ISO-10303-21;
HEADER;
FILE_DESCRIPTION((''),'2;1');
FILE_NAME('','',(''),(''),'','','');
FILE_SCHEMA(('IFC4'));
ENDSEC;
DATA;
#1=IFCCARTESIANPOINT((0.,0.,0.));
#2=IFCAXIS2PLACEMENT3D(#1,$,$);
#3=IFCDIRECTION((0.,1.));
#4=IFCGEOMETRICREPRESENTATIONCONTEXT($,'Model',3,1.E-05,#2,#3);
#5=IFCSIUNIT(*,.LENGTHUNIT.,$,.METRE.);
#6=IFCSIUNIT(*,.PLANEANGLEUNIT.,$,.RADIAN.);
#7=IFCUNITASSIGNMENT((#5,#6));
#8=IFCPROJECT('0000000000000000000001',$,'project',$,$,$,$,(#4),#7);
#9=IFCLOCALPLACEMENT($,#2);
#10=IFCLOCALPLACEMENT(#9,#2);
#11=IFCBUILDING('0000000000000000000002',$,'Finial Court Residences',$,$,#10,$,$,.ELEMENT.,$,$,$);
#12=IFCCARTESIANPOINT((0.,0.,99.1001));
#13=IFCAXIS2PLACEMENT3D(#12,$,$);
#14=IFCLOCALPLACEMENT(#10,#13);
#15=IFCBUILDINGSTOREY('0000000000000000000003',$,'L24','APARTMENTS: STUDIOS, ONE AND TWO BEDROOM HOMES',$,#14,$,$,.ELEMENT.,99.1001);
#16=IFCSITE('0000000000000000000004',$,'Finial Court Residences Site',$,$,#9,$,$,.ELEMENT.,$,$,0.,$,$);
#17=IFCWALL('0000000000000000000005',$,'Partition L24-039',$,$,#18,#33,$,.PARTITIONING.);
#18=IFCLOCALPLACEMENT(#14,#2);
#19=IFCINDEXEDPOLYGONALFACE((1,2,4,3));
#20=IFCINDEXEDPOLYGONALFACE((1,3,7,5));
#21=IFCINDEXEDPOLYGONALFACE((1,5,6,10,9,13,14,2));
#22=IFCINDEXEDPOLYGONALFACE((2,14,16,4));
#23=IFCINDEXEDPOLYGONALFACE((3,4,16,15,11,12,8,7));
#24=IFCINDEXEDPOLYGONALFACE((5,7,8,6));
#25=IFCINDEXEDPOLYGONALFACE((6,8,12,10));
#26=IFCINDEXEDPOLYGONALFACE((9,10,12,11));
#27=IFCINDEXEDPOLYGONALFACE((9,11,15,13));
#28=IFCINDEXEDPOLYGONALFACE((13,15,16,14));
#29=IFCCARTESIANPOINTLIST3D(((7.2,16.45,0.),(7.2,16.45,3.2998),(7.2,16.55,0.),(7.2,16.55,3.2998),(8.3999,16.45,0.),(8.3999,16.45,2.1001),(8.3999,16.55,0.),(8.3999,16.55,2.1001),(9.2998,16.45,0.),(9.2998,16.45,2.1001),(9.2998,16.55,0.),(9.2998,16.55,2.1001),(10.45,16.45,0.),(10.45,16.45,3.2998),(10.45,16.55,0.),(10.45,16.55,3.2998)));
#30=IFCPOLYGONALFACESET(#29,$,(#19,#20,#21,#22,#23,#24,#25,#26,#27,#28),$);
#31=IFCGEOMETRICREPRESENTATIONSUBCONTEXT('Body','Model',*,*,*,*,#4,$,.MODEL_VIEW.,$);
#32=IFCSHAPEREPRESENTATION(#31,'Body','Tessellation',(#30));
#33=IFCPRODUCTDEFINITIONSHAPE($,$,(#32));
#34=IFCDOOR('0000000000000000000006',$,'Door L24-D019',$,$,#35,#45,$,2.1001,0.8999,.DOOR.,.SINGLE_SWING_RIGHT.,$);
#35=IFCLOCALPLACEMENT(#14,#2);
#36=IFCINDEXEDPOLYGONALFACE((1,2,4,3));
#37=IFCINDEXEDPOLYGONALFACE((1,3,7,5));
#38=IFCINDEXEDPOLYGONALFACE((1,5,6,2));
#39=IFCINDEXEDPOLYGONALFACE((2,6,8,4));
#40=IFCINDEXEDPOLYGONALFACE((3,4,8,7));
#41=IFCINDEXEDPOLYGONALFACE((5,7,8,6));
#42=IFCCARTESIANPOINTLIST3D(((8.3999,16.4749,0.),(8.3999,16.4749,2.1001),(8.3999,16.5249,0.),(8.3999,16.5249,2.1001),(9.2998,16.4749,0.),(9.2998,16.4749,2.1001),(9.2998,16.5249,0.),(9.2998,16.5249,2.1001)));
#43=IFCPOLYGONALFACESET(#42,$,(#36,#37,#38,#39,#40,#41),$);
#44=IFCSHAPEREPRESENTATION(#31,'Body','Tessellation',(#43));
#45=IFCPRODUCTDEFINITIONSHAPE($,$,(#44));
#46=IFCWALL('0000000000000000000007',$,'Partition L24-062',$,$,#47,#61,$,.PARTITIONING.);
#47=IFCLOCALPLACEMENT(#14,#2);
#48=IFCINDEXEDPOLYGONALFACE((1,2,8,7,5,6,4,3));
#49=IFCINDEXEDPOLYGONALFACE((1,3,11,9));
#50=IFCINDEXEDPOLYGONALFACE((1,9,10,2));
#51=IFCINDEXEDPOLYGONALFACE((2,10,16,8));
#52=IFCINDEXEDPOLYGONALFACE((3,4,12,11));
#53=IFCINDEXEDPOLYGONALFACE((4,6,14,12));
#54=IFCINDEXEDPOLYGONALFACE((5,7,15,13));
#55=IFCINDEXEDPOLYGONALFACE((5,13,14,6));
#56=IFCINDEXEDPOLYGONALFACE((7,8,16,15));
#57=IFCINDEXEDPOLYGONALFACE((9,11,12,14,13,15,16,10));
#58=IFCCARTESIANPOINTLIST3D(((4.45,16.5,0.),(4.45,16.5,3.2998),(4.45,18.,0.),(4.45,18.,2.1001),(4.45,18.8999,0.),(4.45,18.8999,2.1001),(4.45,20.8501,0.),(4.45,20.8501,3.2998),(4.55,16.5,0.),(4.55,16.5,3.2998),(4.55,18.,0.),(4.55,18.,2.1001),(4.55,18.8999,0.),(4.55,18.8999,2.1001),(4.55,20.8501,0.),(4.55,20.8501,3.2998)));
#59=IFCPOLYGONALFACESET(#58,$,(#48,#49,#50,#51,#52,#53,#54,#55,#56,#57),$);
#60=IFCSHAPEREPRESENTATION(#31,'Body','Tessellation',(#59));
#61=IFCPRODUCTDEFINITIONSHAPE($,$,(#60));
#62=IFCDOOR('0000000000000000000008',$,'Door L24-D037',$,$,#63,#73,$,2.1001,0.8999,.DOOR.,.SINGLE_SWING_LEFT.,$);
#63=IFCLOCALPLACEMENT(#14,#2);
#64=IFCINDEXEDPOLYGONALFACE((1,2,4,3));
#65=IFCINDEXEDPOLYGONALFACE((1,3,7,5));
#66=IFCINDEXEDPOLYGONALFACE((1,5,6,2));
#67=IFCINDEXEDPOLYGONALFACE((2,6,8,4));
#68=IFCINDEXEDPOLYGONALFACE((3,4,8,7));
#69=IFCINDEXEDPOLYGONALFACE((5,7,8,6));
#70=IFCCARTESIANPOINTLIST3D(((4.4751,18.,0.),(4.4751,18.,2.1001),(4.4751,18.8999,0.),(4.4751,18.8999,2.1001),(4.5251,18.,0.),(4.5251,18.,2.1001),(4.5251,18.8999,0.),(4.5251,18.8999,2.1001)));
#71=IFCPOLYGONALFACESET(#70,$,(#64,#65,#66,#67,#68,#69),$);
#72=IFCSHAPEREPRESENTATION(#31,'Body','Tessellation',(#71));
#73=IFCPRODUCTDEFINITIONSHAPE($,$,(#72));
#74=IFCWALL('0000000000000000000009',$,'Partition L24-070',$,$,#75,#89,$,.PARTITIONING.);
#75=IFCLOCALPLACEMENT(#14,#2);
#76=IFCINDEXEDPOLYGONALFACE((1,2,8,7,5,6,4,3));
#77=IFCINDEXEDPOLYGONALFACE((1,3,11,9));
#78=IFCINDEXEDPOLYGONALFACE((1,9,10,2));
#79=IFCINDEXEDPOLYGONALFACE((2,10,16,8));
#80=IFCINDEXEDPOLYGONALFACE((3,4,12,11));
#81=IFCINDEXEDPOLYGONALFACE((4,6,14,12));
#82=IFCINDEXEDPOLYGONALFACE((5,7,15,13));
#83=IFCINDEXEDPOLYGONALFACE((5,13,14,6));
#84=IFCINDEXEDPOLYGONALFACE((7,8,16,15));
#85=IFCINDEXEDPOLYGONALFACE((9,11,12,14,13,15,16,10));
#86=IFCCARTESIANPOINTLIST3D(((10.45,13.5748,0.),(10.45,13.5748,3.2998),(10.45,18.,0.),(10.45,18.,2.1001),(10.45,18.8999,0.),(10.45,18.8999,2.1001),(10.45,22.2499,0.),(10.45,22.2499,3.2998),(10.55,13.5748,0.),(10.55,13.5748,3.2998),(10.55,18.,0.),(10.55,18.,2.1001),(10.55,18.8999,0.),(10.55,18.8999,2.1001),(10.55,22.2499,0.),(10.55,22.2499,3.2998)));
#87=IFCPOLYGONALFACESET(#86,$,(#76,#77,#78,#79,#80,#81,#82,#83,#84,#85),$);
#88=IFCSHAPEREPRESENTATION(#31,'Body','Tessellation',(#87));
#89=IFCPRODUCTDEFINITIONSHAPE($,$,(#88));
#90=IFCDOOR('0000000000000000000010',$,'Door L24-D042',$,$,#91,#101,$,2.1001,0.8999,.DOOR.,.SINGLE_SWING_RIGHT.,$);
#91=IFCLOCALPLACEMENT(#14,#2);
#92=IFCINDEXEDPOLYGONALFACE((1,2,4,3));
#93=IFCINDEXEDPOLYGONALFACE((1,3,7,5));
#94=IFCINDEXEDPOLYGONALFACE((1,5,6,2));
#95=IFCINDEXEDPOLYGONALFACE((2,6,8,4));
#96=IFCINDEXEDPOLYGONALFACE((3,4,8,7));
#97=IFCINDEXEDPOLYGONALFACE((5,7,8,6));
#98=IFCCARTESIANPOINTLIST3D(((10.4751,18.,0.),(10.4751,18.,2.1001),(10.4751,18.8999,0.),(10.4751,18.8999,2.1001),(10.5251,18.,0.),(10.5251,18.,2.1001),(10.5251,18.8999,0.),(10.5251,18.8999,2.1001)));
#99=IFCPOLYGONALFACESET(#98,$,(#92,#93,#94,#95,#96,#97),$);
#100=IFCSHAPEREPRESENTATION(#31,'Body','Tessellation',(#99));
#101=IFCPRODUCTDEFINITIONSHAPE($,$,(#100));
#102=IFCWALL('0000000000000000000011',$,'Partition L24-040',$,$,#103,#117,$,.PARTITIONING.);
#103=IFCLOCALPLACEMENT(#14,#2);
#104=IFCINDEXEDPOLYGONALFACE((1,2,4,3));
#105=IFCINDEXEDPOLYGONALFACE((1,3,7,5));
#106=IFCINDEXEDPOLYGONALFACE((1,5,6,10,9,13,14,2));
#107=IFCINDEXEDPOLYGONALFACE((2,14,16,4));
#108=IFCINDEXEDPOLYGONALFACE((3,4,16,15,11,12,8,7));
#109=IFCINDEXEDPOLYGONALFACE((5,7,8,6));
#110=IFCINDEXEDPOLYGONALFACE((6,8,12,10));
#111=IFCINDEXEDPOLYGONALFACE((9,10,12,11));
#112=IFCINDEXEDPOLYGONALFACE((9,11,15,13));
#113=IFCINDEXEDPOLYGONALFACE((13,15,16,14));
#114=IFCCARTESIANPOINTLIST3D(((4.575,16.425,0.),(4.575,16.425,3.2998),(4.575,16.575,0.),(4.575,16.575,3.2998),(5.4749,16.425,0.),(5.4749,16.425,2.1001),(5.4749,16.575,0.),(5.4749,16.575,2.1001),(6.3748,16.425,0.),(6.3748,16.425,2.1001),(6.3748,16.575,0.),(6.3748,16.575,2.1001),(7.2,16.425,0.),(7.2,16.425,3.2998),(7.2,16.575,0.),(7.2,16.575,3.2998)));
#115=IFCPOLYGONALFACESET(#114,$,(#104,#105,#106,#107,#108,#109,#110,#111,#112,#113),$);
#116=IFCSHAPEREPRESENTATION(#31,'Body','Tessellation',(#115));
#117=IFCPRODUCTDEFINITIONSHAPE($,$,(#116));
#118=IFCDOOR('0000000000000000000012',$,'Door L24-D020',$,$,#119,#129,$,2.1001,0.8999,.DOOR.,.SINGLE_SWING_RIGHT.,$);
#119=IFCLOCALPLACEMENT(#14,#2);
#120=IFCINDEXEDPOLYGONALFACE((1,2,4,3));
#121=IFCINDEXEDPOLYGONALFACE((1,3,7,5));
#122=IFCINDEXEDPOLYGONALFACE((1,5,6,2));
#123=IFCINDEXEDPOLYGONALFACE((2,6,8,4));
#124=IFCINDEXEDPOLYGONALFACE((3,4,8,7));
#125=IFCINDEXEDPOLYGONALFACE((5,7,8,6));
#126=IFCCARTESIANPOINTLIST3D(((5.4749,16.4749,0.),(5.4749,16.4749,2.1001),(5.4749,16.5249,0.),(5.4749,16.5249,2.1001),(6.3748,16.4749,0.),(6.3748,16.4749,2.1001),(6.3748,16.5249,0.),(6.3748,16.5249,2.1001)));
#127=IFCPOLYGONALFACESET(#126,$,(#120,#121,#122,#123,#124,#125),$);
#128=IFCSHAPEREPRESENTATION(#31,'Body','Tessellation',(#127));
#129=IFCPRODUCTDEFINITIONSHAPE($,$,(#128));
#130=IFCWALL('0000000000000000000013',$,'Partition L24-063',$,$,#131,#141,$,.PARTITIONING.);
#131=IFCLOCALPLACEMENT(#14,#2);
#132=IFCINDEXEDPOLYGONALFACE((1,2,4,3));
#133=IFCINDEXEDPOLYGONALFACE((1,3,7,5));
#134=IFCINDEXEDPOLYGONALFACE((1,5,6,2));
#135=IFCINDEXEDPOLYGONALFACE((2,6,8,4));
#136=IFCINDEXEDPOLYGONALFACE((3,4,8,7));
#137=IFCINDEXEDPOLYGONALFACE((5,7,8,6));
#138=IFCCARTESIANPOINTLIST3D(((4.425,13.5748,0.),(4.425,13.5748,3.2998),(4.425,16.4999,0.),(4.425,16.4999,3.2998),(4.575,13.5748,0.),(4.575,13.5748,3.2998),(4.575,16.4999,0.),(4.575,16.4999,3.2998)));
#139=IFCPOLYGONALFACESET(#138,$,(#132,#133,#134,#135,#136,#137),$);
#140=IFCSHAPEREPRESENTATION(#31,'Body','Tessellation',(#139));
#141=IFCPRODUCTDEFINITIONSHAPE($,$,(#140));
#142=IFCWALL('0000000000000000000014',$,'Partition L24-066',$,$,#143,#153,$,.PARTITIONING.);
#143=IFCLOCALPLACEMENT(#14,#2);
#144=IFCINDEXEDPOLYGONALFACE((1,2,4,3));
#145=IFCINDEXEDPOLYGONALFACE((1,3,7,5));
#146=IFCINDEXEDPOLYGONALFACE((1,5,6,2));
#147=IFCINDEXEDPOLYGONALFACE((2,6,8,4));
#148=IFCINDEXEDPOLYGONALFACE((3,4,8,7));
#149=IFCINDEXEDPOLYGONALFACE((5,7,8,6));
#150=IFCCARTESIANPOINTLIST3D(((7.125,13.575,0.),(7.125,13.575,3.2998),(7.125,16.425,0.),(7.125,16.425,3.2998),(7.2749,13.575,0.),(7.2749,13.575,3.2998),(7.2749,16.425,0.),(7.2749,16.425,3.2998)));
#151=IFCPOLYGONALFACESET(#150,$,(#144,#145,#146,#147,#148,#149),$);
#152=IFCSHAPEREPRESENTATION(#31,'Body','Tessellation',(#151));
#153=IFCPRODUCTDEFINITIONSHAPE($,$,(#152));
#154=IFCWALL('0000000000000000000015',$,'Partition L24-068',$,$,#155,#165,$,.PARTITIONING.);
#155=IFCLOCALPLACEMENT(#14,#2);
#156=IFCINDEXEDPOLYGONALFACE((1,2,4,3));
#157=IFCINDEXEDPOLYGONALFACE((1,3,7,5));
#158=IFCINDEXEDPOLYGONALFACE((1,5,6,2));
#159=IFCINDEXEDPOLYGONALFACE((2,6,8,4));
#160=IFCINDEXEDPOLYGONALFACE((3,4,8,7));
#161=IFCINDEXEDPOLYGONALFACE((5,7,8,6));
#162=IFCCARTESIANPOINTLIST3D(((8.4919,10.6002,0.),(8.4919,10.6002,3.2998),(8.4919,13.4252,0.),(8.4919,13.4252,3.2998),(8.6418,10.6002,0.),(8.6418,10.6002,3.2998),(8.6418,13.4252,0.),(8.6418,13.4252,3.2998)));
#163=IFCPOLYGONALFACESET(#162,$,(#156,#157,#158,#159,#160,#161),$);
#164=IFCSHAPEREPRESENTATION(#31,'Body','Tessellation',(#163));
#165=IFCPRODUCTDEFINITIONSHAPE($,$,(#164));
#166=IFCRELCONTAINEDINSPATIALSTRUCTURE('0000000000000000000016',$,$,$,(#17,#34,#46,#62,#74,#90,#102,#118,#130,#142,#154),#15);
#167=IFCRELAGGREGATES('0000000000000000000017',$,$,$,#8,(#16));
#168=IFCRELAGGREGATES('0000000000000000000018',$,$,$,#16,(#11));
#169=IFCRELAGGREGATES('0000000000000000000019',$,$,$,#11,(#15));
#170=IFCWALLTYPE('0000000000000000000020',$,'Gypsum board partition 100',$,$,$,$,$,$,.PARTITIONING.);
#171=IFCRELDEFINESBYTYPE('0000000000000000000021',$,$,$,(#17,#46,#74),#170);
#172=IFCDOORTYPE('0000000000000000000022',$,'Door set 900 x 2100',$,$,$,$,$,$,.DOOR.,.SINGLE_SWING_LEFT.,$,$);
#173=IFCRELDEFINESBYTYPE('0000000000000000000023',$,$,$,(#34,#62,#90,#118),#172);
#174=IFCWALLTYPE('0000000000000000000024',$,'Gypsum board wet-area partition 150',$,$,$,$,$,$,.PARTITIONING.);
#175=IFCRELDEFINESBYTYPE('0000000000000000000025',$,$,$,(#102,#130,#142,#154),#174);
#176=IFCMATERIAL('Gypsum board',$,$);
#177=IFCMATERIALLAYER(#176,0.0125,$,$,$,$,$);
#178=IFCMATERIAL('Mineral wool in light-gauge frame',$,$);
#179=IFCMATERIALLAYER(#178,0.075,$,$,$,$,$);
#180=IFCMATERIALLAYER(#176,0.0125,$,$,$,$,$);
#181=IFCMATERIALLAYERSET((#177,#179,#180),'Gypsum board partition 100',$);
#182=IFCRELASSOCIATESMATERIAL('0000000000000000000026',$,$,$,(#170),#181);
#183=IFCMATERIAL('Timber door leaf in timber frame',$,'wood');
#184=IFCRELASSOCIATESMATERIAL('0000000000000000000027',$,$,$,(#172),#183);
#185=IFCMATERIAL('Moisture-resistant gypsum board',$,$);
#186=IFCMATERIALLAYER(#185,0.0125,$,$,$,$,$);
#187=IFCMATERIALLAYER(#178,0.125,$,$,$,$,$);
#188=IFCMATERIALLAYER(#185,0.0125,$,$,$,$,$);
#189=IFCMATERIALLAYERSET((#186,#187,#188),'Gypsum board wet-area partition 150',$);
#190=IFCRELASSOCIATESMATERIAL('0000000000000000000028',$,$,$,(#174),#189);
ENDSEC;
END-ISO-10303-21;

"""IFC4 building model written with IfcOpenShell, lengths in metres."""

from ifc_helpers import new_model, si_unit, direction, frame, frame_2d, origin, place, context, subcontext, project, spatial, rectangle, extrude, material, layer, layer_set, type_object, element, fill, save


model = new_model("IFC4")

# Units and contexts
model_context = context("Model", 3, precision=1e-05, world=origin(), true_north=direction((0.0, 1.0)))
body_context = subcontext(model_context, "Body", "Model", "MODEL_VIEW")
ifc_project = project(units=[si_unit("LENGTHUNIT", "METRE"), si_unit("PLANEANGLEUNIT", "RADIAN")], contexts=[model_context])

# Site, building, storey
site_placement = place(None, origin())
site = spatial("IfcSite", under=ifc_project, at=site_placement, Name="Finial Court Residences Site", CompositionType="ELEMENT", RefElevation=0.0)
building_placement = place(site_placement, origin())
building = spatial("IfcBuilding", under=site, at=building_placement, Name="Finial Court Residences", CompositionType="ELEMENT")
storey_placement = place(building_placement, frame((0.0, 0.0, 99.1001)))
storey = spatial("IfcBuildingStorey", under=building, at=storey_placement, Name="L24", Description="APARTMENTS: STUDIOS, ONE AND TWO BEDROOM HOMES", CompositionType="ELEMENT", Elevation=99.1001)

# Walls, openings, doors
ifc_material_1 = material(Name="Gypsum board")
ifc_layer_1 = layer(ifc_material_1, 0.0125)
ifc_material_2 = material(Name="Mineral wool in light-gauge frame")
ifc_layer_2 = layer(ifc_material_2, 0.075)
ifc_layer_3 = layer(ifc_material_1, 0.0125)
ifc_layer_set_1 = layer_set([ifc_layer_1, ifc_layer_2, ifc_layer_3], Name="Gypsum board partition 100")
wall_type_1 = type_object("IfcWallType", Name="Gypsum board partition 100", PredefinedType="PARTITIONING", material=ifc_layer_set_1)
wall_1_placement = place(storey_placement, frame((7.2, 16.5, 0.0), z_axis=(0.0, 0.0, 1.0), x_axis=(1.0, 0.0, 0.0)))
wall_1 = element("IfcWall", 1, at=wall_1_placement, inside=storey, type_object=wall_type_1, Name="Partition L24-039", PredefinedType="PARTITIONING", context=body_context, shape_type="SweptSolid", body=[
    extrude(rectangle(XDim=3.25, YDim=0.1001, at=frame_2d((1.625, 0.0))), origin(), (0.0, 0.0, 1.0), 3.2998),
])
opening_1_placement = place(wall_1_placement, frame((1.2, 0.0, 0.0)))
opening_1 = element("IfcOpeningElement", 2, at=opening_1_placement, cuts=wall_1, PredefinedType="OPENING", context=body_context, shape_type="SweptSolid", body=[
    extrude(rectangle(XDim=0.8999, YDim=2.1001, at=frame_2d((0.45, 1.05))), frame((0.0, 0.0601, 0.0), z_axis=(0.0, -1.0, 0.0), x_axis=(1.0, 0.0, 0.0)), (0.0, 0.0, 1.0), 0.1201),
])
ifc_material_3 = material(Name="Timber door leaf in timber frame", Category="wood")
door_type = type_object("IfcDoorType", Name="Door set 900 x 2100", OperationType="SINGLE_SWING_LEFT", PredefinedType="DOOR", material=ifc_material_3)
door_1_placement = place(opening_1_placement, origin())
door_1 = element("IfcDoor", 3, at=door_1_placement, inside=storey, type_object=door_type, Name="Door L24-D019", OperationType="SINGLE_SWING_RIGHT", OverallHeight=2.1001, OverallWidth=0.8999, PredefinedType="DOOR", context=body_context, shape_type="SweptSolid", body=[
    extrude(rectangle(XDim=0.8999, YDim=2.1001, at=frame_2d((0.45, 1.05))), frame((0.0, 0.0249, 0.0), z_axis=(0.0, -1.0, 0.0), x_axis=(1.0, 0.0, 0.0)), (0.0, 0.0, 1.0), 0.05),
])
fill(opening_1, door_1)
wall_2_placement = place(storey_placement, frame((4.5, 16.5, 0.0), z_axis=(0.0, 0.0, 1.0), x_axis=(0.0, 1.0, 0.0)))
wall_2 = element("IfcWall", 4, at=wall_2_placement, inside=storey, type_object=wall_type_1, Name="Partition L24-062", PredefinedType="PARTITIONING", context=body_context, shape_type="SweptSolid", body=[
    extrude(rectangle(XDim=4.3501, YDim=0.1001, at=frame_2d((2.175, 0.0))), origin(), (0.0, 0.0, 1.0), 3.2998),
])
opening_2_placement = place(wall_2_placement, frame((1.5, 0.0, 0.0)))
opening_2 = element("IfcOpeningElement", 5, at=opening_2_placement, cuts=wall_2, PredefinedType="OPENING", context=body_context, shape_type="SweptSolid", body=[
    extrude(rectangle(XDim=0.8999, YDim=2.1001, at=frame_2d((0.45, 1.05))), frame((0.0, 0.0601, 0.0), z_axis=(0.0, -1.0, 0.0), x_axis=(1.0, 0.0, 0.0)), (0.0, 0.0, 1.0), 0.1201),
])
door_2_placement = place(opening_2_placement, origin())
door_2 = element("IfcDoor", 6, at=door_2_placement, inside=storey, type_object=door_type, Name="Door L24-D037", OperationType="SINGLE_SWING_LEFT", OverallHeight=2.1001, OverallWidth=0.8999, PredefinedType="DOOR", context=body_context, shape_type="SweptSolid", body=[
    extrude(rectangle(XDim=0.8999, YDim=2.1001, at=frame_2d((0.45, 1.05))), frame((0.0, 0.0249, 0.0), z_axis=(0.0, -1.0, 0.0), x_axis=(1.0, 0.0, 0.0)), (0.0, 0.0, 1.0), 0.05),
])
fill(opening_2, door_2)
wall_3_placement = place(storey_placement, frame((10.5, 13.575, 0.0), z_axis=(0.0, 0.0, 1.0), x_axis=(0.0, 1.0, 0.0)))
wall_3 = element("IfcWall", 7, at=wall_3_placement, inside=storey, type_object=wall_type_1, Name="Partition L24-070", PredefinedType="PARTITIONING", context=body_context, shape_type="SweptSolid", body=[
    extrude(rectangle(XDim=8.675, YDim=0.1001, at=frame_2d((4.3374, 0.0))), origin(), (0.0, 0.0, 1.0), 3.2998),
])
opening_3_placement = place(wall_3_placement, frame((4.425, 0.0, 0.0)))
opening_3 = element("IfcOpeningElement", 8, at=opening_3_placement, cuts=wall_3, PredefinedType="OPENING", context=body_context, shape_type="SweptSolid", body=[
    extrude(rectangle(XDim=0.8999, YDim=2.1001, at=frame_2d((0.45, 1.05))), frame((0.0, 0.0601, 0.0), z_axis=(0.0, -1.0, 0.0), x_axis=(1.0, 0.0, 0.0)), (0.0, 0.0, 1.0), 0.1201),
])
door_3_placement = place(opening_3_placement, origin())
door_3 = element("IfcDoor", 9, at=door_3_placement, inside=storey, type_object=door_type, Name="Door L24-D042", OperationType="SINGLE_SWING_RIGHT", OverallHeight=2.1001, OverallWidth=0.8999, PredefinedType="DOOR", context=body_context, shape_type="SweptSolid", body=[
    extrude(rectangle(XDim=0.8999, YDim=2.1001, at=frame_2d((0.45, 1.05))), frame((0.0, 0.0249, 0.0), z_axis=(0.0, -1.0, 0.0), x_axis=(1.0, 0.0, 0.0)), (0.0, 0.0, 1.0), 0.05),
])
fill(opening_3, door_3)
ifc_material_4 = material(Name="Moisture-resistant gypsum board")
ifc_layer_4 = layer(ifc_material_4, 0.0125)
ifc_layer_5 = layer(ifc_material_2, 0.125)
ifc_layer_6 = layer(ifc_material_4, 0.0125)
ifc_layer_set_2 = layer_set([ifc_layer_4, ifc_layer_5, ifc_layer_6], Name="Gypsum board wet-area partition 150")
wall_type_2 = type_object("IfcWallType", Name="Gypsum board wet-area partition 150", PredefinedType="PARTITIONING", material=ifc_layer_set_2)
wall_4_placement = place(storey_placement, frame((4.575, 16.5, 0.0), z_axis=(0.0, 0.0, 1.0), x_axis=(1.0, 0.0, 0.0)))
wall_4 = element("IfcWall", 10, at=wall_4_placement, inside=storey, type_object=wall_type_2, Name="Partition L24-040", PredefinedType="PARTITIONING", context=body_context, shape_type="SweptSolid", body=[
    extrude(rectangle(XDim=2.625, YDim=0.1499, at=frame_2d((1.3125, 0.0))), origin(), (0.0, 0.0, 1.0), 3.2998),
])
opening_4_placement = place(wall_4_placement, frame((0.8999, 0.0, 0.0)))
opening_4 = element("IfcOpeningElement", 11, at=opening_4_placement, cuts=wall_4, PredefinedType="OPENING", context=body_context, shape_type="SweptSolid", body=[
    extrude(rectangle(XDim=0.8999, YDim=2.1001, at=frame_2d((0.45, 1.05))), frame((0.0, 0.085, 0.0), z_axis=(0.0, -1.0, 0.0), x_axis=(1.0, 0.0, 0.0)), (0.0, 0.0, 1.0), 0.1699),
])
door_4_placement = place(opening_4_placement, origin())
door_4 = element("IfcDoor", 12, at=door_4_placement, inside=storey, type_object=door_type, Name="Door L24-D020", OperationType="SINGLE_SWING_RIGHT", OverallHeight=2.1001, OverallWidth=0.8999, PredefinedType="DOOR", context=body_context, shape_type="SweptSolid", body=[
    extrude(rectangle(XDim=0.8999, YDim=2.1001, at=frame_2d((0.45, 1.05))), frame((0.0, 0.0249, 0.0), z_axis=(0.0, -1.0, 0.0), x_axis=(1.0, 0.0, 0.0)), (0.0, 0.0, 1.0), 0.05),
])
fill(opening_4, door_4)

# Walls
wall_5_placement = place(storey_placement, frame((4.5, 13.575, 0.0), z_axis=(0.0, 0.0, 1.0), x_axis=(0.0, 1.0, 0.0)))
element("IfcWall", 13, at=wall_5_placement, inside=storey, type_object=wall_type_2, Name="Partition L24-063", PredefinedType="PARTITIONING", context=body_context, shape_type="SweptSolid", body=[
    extrude(rectangle(XDim=2.925, YDim=0.1499, at=frame_2d((1.4624, 0.0))), origin(), (0.0, 0.0, 1.0), 3.2998),
])
wall_6_placement = place(storey_placement, frame((7.2, 13.575, 0.0), z_axis=(0.0, 0.0, 1.0), x_axis=(0.0, 1.0, 0.0)))
element("IfcWall", 14, at=wall_6_placement, inside=storey, type_object=wall_type_2, Name="Partition L24-066", PredefinedType="PARTITIONING", context=body_context, shape_type="SweptSolid", body=[
    extrude(rectangle(XDim=2.8501, YDim=0.1499, at=frame_2d((1.425, 0.0))), origin(), (0.0, 0.0, 1.0), 3.2998),
])
wall_7_placement = place(storey_placement, frame((8.5669, 10.6001, 0.0), z_axis=(0.0, 0.0, 1.0), x_axis=(0.0, 1.0, 0.0)))
element("IfcWall", 15, at=wall_7_placement, inside=storey, type_object=wall_type_2, Name="Partition L24-068", PredefinedType="PARTITIONING", context=body_context, shape_type="SweptSolid", body=[
    extrude(rectangle(XDim=2.825, YDim=0.1499, at=frame_2d((1.4126, 0.0))), origin(), (0.0, 0.0, 1.0), 3.2998),
])

save(model, "model.ifc")
